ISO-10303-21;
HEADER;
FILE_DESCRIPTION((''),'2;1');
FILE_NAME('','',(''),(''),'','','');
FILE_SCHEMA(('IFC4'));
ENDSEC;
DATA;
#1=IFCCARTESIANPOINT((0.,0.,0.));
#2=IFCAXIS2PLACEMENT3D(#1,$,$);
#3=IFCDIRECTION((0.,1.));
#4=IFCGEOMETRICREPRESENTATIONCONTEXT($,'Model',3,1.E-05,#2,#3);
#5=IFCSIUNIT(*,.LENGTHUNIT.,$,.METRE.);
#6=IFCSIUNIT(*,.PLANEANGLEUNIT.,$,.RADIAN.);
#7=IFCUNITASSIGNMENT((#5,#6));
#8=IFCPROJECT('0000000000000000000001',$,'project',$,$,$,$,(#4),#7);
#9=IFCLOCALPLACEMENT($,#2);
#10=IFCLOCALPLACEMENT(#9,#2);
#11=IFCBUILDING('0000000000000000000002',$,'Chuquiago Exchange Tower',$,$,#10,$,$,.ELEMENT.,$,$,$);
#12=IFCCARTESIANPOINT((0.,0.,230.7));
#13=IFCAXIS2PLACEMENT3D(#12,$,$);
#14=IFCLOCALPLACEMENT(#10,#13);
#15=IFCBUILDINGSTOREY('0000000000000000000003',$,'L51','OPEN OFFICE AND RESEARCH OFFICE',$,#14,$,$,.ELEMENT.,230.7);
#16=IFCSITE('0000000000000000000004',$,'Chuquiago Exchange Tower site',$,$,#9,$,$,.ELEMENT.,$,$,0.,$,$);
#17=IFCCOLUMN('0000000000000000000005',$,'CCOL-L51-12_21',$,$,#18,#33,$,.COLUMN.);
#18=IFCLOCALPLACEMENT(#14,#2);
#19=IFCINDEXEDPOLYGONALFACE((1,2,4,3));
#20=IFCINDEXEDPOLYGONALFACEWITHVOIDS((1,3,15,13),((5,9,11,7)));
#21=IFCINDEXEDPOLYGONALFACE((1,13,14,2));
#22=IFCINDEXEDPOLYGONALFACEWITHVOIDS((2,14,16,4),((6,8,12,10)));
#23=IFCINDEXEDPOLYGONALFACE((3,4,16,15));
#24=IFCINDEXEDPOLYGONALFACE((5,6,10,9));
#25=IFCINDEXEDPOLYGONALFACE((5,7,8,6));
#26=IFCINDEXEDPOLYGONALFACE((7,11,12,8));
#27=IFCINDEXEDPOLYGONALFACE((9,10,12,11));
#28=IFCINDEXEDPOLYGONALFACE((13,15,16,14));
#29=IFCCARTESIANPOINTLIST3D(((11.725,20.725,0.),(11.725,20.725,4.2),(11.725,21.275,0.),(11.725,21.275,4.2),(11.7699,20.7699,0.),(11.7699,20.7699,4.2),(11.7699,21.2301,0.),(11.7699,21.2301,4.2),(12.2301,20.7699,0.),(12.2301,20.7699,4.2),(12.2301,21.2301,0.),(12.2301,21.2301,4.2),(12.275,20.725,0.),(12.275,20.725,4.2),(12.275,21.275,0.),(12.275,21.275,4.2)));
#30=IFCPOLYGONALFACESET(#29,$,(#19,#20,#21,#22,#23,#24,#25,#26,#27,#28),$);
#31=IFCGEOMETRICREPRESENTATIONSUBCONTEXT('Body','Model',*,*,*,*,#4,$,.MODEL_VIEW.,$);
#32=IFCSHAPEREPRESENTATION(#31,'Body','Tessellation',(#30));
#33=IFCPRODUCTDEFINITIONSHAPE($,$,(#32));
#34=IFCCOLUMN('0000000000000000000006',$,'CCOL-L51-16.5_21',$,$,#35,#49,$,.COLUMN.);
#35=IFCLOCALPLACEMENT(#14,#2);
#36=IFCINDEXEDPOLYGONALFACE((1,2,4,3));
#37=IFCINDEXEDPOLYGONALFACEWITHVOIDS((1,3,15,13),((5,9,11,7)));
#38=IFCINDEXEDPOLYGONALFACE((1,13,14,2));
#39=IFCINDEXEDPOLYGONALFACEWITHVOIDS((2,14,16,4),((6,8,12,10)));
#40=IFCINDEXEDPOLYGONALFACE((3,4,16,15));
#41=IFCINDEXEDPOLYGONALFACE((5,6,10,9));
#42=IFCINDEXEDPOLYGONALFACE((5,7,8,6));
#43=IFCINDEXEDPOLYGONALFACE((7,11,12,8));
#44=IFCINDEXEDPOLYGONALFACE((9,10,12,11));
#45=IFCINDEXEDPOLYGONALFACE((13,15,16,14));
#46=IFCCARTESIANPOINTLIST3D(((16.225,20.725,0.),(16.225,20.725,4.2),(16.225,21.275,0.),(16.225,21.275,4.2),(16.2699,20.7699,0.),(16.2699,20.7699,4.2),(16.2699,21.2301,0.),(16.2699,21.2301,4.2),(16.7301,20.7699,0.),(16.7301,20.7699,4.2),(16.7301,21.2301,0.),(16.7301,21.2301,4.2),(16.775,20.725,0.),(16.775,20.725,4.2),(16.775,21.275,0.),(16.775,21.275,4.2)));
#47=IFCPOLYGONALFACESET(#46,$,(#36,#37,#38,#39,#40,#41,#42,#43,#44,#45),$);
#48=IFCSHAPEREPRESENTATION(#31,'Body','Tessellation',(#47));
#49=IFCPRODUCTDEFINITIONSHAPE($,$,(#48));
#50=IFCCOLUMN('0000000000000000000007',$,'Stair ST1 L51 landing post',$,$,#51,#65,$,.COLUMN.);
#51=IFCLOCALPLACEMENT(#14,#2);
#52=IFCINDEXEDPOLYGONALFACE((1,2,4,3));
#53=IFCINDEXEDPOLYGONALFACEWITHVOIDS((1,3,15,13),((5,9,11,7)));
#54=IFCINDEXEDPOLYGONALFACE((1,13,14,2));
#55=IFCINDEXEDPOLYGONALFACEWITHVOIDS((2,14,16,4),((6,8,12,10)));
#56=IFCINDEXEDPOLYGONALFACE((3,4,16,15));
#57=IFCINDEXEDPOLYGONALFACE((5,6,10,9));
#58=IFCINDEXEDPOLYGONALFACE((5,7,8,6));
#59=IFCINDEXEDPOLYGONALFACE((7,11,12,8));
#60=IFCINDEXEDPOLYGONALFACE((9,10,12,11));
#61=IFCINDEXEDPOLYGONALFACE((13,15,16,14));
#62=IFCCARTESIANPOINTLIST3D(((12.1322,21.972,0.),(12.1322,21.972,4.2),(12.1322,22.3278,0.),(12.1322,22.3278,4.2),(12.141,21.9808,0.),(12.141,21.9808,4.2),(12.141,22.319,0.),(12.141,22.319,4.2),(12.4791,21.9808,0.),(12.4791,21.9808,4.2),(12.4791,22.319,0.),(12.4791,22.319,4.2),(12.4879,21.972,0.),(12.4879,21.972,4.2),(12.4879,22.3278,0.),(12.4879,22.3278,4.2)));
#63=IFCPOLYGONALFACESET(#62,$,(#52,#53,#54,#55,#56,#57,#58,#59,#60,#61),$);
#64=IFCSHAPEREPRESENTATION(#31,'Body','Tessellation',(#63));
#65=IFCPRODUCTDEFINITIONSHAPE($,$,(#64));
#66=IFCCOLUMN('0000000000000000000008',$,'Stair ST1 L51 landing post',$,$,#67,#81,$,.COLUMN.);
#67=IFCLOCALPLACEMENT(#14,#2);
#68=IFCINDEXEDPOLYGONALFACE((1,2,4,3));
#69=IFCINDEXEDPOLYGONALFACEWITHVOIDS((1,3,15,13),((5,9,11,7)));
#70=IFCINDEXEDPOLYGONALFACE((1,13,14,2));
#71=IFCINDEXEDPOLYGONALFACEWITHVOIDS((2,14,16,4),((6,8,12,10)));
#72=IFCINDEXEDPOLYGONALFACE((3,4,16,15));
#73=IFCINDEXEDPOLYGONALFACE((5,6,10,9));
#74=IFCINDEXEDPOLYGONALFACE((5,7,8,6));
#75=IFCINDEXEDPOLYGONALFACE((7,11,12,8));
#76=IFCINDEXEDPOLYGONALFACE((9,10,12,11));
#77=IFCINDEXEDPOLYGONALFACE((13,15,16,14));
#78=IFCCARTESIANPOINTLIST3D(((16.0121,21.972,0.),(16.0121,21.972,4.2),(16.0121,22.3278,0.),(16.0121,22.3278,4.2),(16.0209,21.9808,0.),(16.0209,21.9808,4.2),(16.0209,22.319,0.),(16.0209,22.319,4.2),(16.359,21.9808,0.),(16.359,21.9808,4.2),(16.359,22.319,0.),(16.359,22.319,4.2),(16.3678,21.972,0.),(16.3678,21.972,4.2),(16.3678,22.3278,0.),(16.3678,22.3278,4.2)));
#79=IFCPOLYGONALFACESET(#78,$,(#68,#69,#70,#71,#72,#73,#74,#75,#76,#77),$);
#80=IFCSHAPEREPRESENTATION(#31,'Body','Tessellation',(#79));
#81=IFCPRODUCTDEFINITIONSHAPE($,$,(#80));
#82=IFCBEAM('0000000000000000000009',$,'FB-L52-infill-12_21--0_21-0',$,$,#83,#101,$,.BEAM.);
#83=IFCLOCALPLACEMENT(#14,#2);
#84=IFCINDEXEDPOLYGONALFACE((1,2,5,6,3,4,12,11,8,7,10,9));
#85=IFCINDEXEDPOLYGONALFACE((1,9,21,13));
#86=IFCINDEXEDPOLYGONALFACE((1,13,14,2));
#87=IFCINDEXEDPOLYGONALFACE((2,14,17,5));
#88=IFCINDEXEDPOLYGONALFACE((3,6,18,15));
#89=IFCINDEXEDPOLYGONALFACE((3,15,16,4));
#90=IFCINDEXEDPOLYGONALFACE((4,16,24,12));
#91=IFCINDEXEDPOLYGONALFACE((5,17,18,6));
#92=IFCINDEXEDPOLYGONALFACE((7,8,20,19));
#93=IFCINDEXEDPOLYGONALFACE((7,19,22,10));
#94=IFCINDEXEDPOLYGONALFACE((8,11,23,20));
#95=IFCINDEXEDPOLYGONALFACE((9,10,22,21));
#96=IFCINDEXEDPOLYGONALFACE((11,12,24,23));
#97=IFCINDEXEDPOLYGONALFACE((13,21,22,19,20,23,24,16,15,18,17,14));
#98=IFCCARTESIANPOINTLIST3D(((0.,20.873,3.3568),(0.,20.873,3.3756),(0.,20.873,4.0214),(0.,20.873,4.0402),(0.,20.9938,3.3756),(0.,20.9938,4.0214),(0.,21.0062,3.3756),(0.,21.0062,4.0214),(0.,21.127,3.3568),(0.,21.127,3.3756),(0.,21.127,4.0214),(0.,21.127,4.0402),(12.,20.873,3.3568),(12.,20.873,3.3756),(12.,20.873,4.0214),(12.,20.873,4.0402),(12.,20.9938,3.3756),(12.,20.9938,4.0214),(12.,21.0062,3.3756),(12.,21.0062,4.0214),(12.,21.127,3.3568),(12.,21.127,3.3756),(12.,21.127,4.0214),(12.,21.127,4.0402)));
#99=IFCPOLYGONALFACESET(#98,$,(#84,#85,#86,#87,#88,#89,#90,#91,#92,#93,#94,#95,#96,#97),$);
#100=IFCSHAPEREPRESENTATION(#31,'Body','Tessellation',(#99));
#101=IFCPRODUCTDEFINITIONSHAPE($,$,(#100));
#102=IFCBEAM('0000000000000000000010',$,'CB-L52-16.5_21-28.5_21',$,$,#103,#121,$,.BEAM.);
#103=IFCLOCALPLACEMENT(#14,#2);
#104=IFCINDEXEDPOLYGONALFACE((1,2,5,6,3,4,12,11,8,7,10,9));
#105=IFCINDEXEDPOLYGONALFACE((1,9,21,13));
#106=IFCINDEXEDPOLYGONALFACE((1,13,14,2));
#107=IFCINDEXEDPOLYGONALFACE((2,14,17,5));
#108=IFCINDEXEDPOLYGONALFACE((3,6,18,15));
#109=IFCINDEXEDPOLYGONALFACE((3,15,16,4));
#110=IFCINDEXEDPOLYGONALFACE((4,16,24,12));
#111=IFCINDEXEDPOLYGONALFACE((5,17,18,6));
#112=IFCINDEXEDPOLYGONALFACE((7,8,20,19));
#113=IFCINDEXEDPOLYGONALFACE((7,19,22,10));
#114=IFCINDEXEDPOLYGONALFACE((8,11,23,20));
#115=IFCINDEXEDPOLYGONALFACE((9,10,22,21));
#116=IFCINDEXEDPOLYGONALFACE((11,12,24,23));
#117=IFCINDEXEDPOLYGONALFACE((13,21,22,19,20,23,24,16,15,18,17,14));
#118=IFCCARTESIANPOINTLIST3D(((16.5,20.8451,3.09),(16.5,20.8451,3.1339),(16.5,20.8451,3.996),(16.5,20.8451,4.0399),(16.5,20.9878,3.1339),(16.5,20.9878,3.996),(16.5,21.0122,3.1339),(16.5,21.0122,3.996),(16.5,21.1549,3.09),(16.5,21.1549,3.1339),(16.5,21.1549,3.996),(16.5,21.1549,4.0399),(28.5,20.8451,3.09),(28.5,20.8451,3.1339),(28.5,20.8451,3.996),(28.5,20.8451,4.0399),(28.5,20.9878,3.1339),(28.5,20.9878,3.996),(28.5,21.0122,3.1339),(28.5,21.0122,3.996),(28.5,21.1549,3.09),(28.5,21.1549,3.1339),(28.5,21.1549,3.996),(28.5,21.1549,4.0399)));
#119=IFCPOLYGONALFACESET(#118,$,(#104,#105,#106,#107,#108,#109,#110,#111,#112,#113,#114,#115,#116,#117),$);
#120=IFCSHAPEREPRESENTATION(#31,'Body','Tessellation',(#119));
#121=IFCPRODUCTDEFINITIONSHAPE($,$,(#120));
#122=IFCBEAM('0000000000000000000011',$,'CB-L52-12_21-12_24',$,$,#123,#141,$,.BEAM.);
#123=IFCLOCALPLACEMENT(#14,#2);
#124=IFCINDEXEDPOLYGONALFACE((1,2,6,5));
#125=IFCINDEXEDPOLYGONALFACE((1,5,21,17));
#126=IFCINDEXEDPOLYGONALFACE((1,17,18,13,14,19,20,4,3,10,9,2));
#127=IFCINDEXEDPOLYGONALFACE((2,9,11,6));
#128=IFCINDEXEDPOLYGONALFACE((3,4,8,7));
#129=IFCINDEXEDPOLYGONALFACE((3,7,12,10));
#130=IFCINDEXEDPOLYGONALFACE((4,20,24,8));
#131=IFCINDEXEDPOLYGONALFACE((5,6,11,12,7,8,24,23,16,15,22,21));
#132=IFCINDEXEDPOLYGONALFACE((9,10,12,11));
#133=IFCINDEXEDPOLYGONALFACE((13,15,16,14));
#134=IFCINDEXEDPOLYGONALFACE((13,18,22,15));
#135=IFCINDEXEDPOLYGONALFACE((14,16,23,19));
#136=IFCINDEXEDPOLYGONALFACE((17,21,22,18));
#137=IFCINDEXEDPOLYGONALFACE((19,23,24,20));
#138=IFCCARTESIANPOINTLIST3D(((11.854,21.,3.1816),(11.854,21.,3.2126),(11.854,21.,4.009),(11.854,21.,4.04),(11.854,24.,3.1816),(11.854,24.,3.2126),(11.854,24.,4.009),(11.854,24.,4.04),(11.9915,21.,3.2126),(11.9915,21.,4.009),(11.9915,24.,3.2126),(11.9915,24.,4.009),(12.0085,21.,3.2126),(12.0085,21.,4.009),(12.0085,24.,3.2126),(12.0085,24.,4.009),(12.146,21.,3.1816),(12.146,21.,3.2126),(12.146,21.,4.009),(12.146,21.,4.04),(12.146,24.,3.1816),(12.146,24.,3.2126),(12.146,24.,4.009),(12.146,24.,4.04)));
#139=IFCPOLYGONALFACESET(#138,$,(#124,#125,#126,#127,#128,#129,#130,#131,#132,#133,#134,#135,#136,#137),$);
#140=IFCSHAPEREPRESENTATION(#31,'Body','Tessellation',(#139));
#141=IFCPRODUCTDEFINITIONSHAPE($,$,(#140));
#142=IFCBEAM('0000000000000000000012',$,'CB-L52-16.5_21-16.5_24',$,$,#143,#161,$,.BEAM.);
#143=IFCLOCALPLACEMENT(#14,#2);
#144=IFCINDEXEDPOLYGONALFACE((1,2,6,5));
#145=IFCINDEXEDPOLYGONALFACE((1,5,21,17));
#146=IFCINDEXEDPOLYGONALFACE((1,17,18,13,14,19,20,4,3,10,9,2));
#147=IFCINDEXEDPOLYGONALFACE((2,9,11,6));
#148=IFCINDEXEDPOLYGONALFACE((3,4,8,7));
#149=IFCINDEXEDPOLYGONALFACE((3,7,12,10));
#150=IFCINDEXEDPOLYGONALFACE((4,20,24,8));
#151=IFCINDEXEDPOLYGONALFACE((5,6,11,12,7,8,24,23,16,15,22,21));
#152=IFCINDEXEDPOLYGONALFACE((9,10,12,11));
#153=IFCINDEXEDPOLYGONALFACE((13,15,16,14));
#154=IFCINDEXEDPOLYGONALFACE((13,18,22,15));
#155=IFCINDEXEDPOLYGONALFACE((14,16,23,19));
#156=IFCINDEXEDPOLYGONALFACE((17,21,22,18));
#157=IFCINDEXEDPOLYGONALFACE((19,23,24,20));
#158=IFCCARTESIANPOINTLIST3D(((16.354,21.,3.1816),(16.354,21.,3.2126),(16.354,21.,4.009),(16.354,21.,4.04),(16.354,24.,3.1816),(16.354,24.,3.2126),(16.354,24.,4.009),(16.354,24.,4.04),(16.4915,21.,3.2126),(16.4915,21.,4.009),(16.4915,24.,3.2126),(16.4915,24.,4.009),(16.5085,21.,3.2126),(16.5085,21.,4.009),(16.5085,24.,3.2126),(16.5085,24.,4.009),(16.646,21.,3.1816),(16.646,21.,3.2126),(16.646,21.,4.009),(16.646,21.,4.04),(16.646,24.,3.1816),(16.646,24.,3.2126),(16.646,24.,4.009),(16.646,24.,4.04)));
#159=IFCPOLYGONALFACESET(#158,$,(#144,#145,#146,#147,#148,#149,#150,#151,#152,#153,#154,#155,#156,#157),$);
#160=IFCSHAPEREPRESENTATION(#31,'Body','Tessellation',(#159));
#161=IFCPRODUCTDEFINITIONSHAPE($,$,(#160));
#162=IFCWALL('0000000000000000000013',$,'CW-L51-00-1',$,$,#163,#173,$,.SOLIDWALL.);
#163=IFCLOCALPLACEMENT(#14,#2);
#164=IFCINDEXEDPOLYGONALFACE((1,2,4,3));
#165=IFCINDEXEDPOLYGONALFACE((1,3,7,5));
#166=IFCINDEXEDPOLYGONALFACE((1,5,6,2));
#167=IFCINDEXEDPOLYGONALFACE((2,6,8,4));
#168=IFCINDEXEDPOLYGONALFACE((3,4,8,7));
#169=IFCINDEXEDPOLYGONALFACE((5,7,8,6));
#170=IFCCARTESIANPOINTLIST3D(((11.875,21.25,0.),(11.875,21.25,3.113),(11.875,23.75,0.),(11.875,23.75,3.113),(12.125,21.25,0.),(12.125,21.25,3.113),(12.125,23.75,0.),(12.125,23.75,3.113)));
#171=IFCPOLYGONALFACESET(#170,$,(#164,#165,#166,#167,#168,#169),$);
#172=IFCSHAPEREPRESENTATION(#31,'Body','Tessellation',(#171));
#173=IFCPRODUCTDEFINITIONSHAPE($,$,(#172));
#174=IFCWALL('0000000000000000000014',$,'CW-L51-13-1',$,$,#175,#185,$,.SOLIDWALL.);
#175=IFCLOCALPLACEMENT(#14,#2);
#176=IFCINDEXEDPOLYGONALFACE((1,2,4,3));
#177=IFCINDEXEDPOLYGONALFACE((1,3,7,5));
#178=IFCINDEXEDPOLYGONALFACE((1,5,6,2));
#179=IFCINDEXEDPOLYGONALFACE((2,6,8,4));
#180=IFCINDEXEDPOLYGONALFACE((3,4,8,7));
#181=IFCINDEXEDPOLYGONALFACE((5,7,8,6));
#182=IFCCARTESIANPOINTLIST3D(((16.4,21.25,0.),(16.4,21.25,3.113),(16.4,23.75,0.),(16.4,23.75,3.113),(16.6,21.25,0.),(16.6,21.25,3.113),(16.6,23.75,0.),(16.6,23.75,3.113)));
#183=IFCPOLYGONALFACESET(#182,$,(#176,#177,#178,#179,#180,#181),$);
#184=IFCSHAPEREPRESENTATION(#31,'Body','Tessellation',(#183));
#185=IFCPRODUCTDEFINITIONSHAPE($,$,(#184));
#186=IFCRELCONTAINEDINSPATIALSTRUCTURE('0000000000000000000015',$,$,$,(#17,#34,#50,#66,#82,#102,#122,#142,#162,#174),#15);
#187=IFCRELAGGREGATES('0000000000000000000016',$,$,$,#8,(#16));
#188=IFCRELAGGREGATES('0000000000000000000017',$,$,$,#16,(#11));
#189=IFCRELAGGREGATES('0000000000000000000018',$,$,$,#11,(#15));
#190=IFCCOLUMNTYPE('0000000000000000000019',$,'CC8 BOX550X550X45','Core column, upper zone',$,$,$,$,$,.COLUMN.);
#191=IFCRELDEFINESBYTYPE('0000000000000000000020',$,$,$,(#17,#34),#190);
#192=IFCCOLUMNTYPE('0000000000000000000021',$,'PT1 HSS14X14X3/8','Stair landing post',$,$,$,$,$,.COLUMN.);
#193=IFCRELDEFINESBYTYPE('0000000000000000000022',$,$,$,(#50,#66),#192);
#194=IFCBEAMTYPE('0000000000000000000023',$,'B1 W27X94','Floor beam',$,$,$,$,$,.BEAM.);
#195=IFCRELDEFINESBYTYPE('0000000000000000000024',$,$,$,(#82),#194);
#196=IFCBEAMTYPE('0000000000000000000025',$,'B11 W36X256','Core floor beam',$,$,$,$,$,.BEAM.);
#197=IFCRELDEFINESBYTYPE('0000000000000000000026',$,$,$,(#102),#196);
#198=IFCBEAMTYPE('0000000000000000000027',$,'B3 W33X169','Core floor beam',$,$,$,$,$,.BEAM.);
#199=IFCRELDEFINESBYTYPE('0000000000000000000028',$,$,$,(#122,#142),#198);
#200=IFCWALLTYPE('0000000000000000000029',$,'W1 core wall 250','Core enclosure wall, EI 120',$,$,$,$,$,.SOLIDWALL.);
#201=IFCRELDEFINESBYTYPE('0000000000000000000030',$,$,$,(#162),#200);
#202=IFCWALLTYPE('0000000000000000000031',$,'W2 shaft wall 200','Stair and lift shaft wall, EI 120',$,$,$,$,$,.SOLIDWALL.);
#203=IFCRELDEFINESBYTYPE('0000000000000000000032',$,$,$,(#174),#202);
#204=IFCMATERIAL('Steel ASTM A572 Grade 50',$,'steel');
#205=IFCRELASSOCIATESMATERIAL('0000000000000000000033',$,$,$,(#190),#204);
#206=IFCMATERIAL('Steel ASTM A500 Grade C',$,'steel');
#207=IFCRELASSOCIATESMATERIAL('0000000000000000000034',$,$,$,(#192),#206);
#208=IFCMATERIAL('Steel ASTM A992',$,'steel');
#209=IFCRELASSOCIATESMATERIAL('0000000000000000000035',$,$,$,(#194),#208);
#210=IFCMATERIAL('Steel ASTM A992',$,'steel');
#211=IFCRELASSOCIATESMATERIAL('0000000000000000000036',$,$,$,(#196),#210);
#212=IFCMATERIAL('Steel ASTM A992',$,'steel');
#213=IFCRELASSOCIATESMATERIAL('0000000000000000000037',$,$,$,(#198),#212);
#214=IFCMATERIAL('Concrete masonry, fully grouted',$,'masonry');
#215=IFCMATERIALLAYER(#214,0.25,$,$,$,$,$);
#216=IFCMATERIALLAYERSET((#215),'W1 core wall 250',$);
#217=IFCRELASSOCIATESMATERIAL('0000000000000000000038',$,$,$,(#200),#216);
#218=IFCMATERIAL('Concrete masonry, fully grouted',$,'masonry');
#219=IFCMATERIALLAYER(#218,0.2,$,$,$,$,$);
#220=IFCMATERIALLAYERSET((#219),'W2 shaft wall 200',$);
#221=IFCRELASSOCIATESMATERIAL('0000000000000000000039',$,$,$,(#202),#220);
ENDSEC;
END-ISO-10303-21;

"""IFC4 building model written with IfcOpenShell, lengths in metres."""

from ifc_helpers import new_model, si_unit, direction, frame, frame_2d, origin, origin_2d, place, context, subcontext, project, spatial, rectangle, hollow_rectangle, i_section, extrude, material, layer, layer_set, material_profile, profile_set, type_object, element, save


model = new_model("IFC4")

# Units and contexts
model_context = context("Model", 3, precision=1e-05, world=origin(), true_north=direction((0.0, 1.0)))
body_context = subcontext(model_context, "Body", "Model", "MODEL_VIEW")
ifc_project = project(units=[si_unit("LENGTHUNIT", "METRE"), si_unit("PLANEANGLEUNIT", "RADIAN")], contexts=[model_context])

# Site, building, storey
site_placement = place(None, origin())
site = spatial("IfcSite", under=ifc_project, at=site_placement, Name="Chuquiago Exchange Tower site", CompositionType="ELEMENT", RefElevation=0.0)
building_placement = place(site_placement, origin())
building = spatial("IfcBuilding", under=site, at=building_placement, Name="Chuquiago Exchange Tower", CompositionType="ELEMENT")
storey_placement = place(building_placement, frame((0.0, 0.0, 230.7)))
storey = spatial("IfcBuildingStorey", under=building, at=storey_placement, Name="L51", Description="OPEN OFFICE AND RESEARCH OFFICE", CompositionType="ELEMENT", Elevation=230.7)

# Columns
ifc_material_1 = material(Name="Steel ASTM A572 Grade 50", Category="steel")
ifc_material_profile_1 = material_profile(ifc_material_1, hollow_rectangle(XDim=0.55, YDim=0.55, WallThickness=0.0449, at=origin_2d()), Name="BOX550X550X45")
ifc_profile_set_1 = profile_set([ifc_material_profile_1], Name="Steel ASTM A572 Grade 50")
column_type_1 = type_object("IfcColumnType", Name="CC8 BOX550X550X45", Description="Core column, upper zone", PredefinedType="COLUMN", material=ifc_profile_set_1)
for number, where, z_axis, x_axis, name in (
    (1, (12.0, 21.0, 0.0), (0.0, 0.0, 1.0), (1.0, 0.0, 0.0), "CCOL-L51-12_21"),
    (2, (16.5, 21.0, 0.0), (0.0, 0.0, 1.0), (1.0, 0.0, 0.0), "CCOL-L51-16.5_21"),
):
    element("IfcColumn", number, at=place(storey_placement, frame(where, z_axis=z_axis, x_axis=x_axis)), inside=storey, type_object=column_type_1, Name=name, PredefinedType="COLUMN", context=body_context, shape_type="SweptSolid", body=[
        extrude(hollow_rectangle(XDim=0.55, YDim=0.55, WallThickness=0.0449, at=origin_2d()), origin(), (0.0, 0.0, 1.0), 4.2),
    ])
ifc_material_2 = material(Name="Steel ASTM A500 Grade C", Category="steel")
ifc_material_profile_2 = material_profile(ifc_material_2, hollow_rectangle(XDim=0.3557, YDim=0.3557, WallThickness=0.0088, at=origin_2d()), Name="HSS14X14X3/8")
ifc_profile_set_2 = profile_set([ifc_material_profile_2], Name="Steel ASTM A500 Grade C")
column_type_2 = type_object("IfcColumnType", Name="PT1 HSS14X14X3/8", Description="Stair landing post", PredefinedType="COLUMN", material=ifc_profile_set_2)
for number, where, z_axis, x_axis, name in (
    (3, (12.3101, 22.1499, 0.0), (0.0, 0.0, 1.0), (1.0, 0.0, 0.0), "Stair ST1 L51 landing post"),
    (4, (16.1899, 22.1499, 0.0), (0.0, 0.0, 1.0), (1.0, 0.0, 0.0), "Stair ST1 L51 landing post"),
):
    element("IfcColumn", number, at=place(storey_placement, frame(where, z_axis=z_axis, x_axis=x_axis)), inside=storey, type_object=column_type_2, Name=name, PredefinedType="COLUMN", context=body_context, shape_type="SweptSolid", body=[
        extrude(hollow_rectangle(XDim=0.3557, YDim=0.3557, WallThickness=0.0088, at=origin_2d()), origin(), (0.0, 0.0, 1.0), 4.2),
    ])

# Beams
ifc_material_3 = material(Name="Steel ASTM A992", Category="steel")
ifc_material_profile_3 = material_profile(ifc_material_3, i_section(OverallWidth=0.2539, OverallDepth=0.6833, WebThickness=0.0125, FlangeThickness=0.0188, at=origin_2d()), Name="W27X94")
ifc_profile_set_3 = profile_set([ifc_material_profile_3], Name="Steel ASTM A992")
beam_type_1 = type_object("IfcBeamType", Name="B1 W27X94", Description="Floor beam", PredefinedType="BEAM", material=ifc_profile_set_3)
beam_1_placement = place(storey_placement, frame((12.0, 21.0, 3.6985), z_axis=(-1.0, 0.0, 0.0), x_axis=(0.0, -1.0, 0.0)))
element("IfcBeam", 5, at=beam_1_placement, inside=storey, type_object=beam_type_1, Name="FB-L52-infill-12_21--0_21-0", PredefinedType="BEAM", context=body_context, shape_type="SweptSolid", body=[
    extrude(i_section(OverallWidth=0.2539, OverallDepth=0.6833, WebThickness=0.0125, FlangeThickness=0.0188, at=origin_2d()), origin(), (0.0, 0.0, 1.0), 12.0),
])
ifc_material_4 = material(Name="Steel ASTM A992", Category="steel")
ifc_material_profile_4 = material_profile(ifc_material_4, i_section(OverallWidth=0.3098, OverallDepth=0.95, WebThickness=0.0244, FlangeThickness=0.0439, at=origin_2d()), Name="W36X256")
ifc_profile_set_4 = profile_set([ifc_material_profile_4], Name="Steel ASTM A992")
beam_type_2 = type_object("IfcBeamType", Name="B11 W36X256", Description="Core floor beam", PredefinedType="BEAM", material=ifc_profile_set_4)
beam_2_placement = place(storey_placement, frame((16.5, 21.0, 3.5649), z_axis=(1.0, 0.0, 0.0), x_axis=(0.0, 1.0, 0.0)))
element("IfcBeam", 6, at=beam_2_placement, inside=storey, type_object=beam_type_2, Name="CB-L52-16.5_21-28.5_21", PredefinedType="BEAM", context=body_context, shape_type="SweptSolid", body=[
    extrude(i_section(OverallWidth=0.3098, OverallDepth=0.95, WebThickness=0.0244, FlangeThickness=0.0439, at=origin_2d()), origin(), (0.0, 0.0, 1.0), 12.0),
])
ifc_material_5 = material(Name="Steel ASTM A992", Category="steel")
ifc_material_profile_5 = material_profile(ifc_material_5, i_section(OverallWidth=0.292, OverallDepth=0.8584, WebThickness=0.0171, FlangeThickness=0.031, at=origin_2d()), Name="W33X169")
ifc_profile_set_5 = profile_set([ifc_material_profile_5], Name="Steel ASTM A992")
beam_type_3 = type_object("IfcBeamType", Name="B3 W33X169", Description="Core floor beam", PredefinedType="BEAM", material=ifc_profile_set_5)
for number, where, z_axis, x_axis, name in (
    (7, (12.0, 21.0, 3.6108), (0.0, 1.0, 0.0), (-1.0, 0.0, 0.0), "CB-L52-12_21-12_24"),
    (8, (16.5, 21.0, 3.6108), (0.0, 1.0, 0.0), (-1.0, 0.0, 0.0), "CB-L52-16.5_21-16.5_24"),
):
    element("IfcBeam", number, at=place(storey_placement, frame(where, z_axis=z_axis, x_axis=x_axis)), inside=storey, type_object=beam_type_3, Name=name, PredefinedType="BEAM", context=body_context, shape_type="SweptSolid", body=[
        extrude(i_section(OverallWidth=0.292, OverallDepth=0.8584, WebThickness=0.0171, FlangeThickness=0.031, at=origin_2d()), origin(), (0.0, 0.0, 1.0), 3.0),
    ])

# Walls
ifc_material_6 = material(Name="Concrete masonry, fully grouted", Category="masonry")
ifc_layer_1 = layer(ifc_material_6, 0.25)
ifc_layer_set_1 = layer_set([ifc_layer_1], Name="W1 core wall 250")
wall_type_1 = type_object("IfcWallType", Name="W1 core wall 250", Description="Core enclosure wall, EI 120", PredefinedType="SOLIDWALL", material=ifc_layer_set_1)
wall_1_placement = place(storey_placement, frame((12.0, 21.25, 0.0), z_axis=(0.0, 0.0, 1.0), x_axis=(0.0, 1.0, 0.0)))
element("IfcWall", 9, at=wall_1_placement, inside=storey, type_object=wall_type_1, Name="CW-L51-00-1", PredefinedType="SOLIDWALL", context=body_context, shape_type="SweptSolid", body=[
    extrude(rectangle(XDim=2.5, YDim=0.25, at=frame_2d((1.25, 0.0))), origin(), (0.0, 0.0, 1.0), 3.113),
])
ifc_material_7 = material(Name="Concrete masonry, fully grouted", Category="masonry")
ifc_layer_2 = layer(ifc_material_7, 0.2)
ifc_layer_set_2 = layer_set([ifc_layer_2], Name="W2 shaft wall 200")
wall_type_2 = type_object("IfcWallType", Name="W2 shaft wall 200", Description="Stair and lift shaft wall, EI 120", PredefinedType="SOLIDWALL", material=ifc_layer_set_2)
wall_2_placement = place(storey_placement, frame((16.5, 21.25, 0.0), z_axis=(0.0, 0.0, 1.0), x_axis=(0.0, 1.0, 0.0)))
element("IfcWall", 10, at=wall_2_placement, inside=storey, type_object=wall_type_2, Name="CW-L51-13-1", PredefinedType="SOLIDWALL", context=body_context, shape_type="SweptSolid", body=[
    extrude(rectangle(XDim=2.5, YDim=0.2, at=frame_2d((1.25, 0.0))), origin(), (0.0, 0.0, 1.0), 3.113),
])

save(model, "model.ifc")
